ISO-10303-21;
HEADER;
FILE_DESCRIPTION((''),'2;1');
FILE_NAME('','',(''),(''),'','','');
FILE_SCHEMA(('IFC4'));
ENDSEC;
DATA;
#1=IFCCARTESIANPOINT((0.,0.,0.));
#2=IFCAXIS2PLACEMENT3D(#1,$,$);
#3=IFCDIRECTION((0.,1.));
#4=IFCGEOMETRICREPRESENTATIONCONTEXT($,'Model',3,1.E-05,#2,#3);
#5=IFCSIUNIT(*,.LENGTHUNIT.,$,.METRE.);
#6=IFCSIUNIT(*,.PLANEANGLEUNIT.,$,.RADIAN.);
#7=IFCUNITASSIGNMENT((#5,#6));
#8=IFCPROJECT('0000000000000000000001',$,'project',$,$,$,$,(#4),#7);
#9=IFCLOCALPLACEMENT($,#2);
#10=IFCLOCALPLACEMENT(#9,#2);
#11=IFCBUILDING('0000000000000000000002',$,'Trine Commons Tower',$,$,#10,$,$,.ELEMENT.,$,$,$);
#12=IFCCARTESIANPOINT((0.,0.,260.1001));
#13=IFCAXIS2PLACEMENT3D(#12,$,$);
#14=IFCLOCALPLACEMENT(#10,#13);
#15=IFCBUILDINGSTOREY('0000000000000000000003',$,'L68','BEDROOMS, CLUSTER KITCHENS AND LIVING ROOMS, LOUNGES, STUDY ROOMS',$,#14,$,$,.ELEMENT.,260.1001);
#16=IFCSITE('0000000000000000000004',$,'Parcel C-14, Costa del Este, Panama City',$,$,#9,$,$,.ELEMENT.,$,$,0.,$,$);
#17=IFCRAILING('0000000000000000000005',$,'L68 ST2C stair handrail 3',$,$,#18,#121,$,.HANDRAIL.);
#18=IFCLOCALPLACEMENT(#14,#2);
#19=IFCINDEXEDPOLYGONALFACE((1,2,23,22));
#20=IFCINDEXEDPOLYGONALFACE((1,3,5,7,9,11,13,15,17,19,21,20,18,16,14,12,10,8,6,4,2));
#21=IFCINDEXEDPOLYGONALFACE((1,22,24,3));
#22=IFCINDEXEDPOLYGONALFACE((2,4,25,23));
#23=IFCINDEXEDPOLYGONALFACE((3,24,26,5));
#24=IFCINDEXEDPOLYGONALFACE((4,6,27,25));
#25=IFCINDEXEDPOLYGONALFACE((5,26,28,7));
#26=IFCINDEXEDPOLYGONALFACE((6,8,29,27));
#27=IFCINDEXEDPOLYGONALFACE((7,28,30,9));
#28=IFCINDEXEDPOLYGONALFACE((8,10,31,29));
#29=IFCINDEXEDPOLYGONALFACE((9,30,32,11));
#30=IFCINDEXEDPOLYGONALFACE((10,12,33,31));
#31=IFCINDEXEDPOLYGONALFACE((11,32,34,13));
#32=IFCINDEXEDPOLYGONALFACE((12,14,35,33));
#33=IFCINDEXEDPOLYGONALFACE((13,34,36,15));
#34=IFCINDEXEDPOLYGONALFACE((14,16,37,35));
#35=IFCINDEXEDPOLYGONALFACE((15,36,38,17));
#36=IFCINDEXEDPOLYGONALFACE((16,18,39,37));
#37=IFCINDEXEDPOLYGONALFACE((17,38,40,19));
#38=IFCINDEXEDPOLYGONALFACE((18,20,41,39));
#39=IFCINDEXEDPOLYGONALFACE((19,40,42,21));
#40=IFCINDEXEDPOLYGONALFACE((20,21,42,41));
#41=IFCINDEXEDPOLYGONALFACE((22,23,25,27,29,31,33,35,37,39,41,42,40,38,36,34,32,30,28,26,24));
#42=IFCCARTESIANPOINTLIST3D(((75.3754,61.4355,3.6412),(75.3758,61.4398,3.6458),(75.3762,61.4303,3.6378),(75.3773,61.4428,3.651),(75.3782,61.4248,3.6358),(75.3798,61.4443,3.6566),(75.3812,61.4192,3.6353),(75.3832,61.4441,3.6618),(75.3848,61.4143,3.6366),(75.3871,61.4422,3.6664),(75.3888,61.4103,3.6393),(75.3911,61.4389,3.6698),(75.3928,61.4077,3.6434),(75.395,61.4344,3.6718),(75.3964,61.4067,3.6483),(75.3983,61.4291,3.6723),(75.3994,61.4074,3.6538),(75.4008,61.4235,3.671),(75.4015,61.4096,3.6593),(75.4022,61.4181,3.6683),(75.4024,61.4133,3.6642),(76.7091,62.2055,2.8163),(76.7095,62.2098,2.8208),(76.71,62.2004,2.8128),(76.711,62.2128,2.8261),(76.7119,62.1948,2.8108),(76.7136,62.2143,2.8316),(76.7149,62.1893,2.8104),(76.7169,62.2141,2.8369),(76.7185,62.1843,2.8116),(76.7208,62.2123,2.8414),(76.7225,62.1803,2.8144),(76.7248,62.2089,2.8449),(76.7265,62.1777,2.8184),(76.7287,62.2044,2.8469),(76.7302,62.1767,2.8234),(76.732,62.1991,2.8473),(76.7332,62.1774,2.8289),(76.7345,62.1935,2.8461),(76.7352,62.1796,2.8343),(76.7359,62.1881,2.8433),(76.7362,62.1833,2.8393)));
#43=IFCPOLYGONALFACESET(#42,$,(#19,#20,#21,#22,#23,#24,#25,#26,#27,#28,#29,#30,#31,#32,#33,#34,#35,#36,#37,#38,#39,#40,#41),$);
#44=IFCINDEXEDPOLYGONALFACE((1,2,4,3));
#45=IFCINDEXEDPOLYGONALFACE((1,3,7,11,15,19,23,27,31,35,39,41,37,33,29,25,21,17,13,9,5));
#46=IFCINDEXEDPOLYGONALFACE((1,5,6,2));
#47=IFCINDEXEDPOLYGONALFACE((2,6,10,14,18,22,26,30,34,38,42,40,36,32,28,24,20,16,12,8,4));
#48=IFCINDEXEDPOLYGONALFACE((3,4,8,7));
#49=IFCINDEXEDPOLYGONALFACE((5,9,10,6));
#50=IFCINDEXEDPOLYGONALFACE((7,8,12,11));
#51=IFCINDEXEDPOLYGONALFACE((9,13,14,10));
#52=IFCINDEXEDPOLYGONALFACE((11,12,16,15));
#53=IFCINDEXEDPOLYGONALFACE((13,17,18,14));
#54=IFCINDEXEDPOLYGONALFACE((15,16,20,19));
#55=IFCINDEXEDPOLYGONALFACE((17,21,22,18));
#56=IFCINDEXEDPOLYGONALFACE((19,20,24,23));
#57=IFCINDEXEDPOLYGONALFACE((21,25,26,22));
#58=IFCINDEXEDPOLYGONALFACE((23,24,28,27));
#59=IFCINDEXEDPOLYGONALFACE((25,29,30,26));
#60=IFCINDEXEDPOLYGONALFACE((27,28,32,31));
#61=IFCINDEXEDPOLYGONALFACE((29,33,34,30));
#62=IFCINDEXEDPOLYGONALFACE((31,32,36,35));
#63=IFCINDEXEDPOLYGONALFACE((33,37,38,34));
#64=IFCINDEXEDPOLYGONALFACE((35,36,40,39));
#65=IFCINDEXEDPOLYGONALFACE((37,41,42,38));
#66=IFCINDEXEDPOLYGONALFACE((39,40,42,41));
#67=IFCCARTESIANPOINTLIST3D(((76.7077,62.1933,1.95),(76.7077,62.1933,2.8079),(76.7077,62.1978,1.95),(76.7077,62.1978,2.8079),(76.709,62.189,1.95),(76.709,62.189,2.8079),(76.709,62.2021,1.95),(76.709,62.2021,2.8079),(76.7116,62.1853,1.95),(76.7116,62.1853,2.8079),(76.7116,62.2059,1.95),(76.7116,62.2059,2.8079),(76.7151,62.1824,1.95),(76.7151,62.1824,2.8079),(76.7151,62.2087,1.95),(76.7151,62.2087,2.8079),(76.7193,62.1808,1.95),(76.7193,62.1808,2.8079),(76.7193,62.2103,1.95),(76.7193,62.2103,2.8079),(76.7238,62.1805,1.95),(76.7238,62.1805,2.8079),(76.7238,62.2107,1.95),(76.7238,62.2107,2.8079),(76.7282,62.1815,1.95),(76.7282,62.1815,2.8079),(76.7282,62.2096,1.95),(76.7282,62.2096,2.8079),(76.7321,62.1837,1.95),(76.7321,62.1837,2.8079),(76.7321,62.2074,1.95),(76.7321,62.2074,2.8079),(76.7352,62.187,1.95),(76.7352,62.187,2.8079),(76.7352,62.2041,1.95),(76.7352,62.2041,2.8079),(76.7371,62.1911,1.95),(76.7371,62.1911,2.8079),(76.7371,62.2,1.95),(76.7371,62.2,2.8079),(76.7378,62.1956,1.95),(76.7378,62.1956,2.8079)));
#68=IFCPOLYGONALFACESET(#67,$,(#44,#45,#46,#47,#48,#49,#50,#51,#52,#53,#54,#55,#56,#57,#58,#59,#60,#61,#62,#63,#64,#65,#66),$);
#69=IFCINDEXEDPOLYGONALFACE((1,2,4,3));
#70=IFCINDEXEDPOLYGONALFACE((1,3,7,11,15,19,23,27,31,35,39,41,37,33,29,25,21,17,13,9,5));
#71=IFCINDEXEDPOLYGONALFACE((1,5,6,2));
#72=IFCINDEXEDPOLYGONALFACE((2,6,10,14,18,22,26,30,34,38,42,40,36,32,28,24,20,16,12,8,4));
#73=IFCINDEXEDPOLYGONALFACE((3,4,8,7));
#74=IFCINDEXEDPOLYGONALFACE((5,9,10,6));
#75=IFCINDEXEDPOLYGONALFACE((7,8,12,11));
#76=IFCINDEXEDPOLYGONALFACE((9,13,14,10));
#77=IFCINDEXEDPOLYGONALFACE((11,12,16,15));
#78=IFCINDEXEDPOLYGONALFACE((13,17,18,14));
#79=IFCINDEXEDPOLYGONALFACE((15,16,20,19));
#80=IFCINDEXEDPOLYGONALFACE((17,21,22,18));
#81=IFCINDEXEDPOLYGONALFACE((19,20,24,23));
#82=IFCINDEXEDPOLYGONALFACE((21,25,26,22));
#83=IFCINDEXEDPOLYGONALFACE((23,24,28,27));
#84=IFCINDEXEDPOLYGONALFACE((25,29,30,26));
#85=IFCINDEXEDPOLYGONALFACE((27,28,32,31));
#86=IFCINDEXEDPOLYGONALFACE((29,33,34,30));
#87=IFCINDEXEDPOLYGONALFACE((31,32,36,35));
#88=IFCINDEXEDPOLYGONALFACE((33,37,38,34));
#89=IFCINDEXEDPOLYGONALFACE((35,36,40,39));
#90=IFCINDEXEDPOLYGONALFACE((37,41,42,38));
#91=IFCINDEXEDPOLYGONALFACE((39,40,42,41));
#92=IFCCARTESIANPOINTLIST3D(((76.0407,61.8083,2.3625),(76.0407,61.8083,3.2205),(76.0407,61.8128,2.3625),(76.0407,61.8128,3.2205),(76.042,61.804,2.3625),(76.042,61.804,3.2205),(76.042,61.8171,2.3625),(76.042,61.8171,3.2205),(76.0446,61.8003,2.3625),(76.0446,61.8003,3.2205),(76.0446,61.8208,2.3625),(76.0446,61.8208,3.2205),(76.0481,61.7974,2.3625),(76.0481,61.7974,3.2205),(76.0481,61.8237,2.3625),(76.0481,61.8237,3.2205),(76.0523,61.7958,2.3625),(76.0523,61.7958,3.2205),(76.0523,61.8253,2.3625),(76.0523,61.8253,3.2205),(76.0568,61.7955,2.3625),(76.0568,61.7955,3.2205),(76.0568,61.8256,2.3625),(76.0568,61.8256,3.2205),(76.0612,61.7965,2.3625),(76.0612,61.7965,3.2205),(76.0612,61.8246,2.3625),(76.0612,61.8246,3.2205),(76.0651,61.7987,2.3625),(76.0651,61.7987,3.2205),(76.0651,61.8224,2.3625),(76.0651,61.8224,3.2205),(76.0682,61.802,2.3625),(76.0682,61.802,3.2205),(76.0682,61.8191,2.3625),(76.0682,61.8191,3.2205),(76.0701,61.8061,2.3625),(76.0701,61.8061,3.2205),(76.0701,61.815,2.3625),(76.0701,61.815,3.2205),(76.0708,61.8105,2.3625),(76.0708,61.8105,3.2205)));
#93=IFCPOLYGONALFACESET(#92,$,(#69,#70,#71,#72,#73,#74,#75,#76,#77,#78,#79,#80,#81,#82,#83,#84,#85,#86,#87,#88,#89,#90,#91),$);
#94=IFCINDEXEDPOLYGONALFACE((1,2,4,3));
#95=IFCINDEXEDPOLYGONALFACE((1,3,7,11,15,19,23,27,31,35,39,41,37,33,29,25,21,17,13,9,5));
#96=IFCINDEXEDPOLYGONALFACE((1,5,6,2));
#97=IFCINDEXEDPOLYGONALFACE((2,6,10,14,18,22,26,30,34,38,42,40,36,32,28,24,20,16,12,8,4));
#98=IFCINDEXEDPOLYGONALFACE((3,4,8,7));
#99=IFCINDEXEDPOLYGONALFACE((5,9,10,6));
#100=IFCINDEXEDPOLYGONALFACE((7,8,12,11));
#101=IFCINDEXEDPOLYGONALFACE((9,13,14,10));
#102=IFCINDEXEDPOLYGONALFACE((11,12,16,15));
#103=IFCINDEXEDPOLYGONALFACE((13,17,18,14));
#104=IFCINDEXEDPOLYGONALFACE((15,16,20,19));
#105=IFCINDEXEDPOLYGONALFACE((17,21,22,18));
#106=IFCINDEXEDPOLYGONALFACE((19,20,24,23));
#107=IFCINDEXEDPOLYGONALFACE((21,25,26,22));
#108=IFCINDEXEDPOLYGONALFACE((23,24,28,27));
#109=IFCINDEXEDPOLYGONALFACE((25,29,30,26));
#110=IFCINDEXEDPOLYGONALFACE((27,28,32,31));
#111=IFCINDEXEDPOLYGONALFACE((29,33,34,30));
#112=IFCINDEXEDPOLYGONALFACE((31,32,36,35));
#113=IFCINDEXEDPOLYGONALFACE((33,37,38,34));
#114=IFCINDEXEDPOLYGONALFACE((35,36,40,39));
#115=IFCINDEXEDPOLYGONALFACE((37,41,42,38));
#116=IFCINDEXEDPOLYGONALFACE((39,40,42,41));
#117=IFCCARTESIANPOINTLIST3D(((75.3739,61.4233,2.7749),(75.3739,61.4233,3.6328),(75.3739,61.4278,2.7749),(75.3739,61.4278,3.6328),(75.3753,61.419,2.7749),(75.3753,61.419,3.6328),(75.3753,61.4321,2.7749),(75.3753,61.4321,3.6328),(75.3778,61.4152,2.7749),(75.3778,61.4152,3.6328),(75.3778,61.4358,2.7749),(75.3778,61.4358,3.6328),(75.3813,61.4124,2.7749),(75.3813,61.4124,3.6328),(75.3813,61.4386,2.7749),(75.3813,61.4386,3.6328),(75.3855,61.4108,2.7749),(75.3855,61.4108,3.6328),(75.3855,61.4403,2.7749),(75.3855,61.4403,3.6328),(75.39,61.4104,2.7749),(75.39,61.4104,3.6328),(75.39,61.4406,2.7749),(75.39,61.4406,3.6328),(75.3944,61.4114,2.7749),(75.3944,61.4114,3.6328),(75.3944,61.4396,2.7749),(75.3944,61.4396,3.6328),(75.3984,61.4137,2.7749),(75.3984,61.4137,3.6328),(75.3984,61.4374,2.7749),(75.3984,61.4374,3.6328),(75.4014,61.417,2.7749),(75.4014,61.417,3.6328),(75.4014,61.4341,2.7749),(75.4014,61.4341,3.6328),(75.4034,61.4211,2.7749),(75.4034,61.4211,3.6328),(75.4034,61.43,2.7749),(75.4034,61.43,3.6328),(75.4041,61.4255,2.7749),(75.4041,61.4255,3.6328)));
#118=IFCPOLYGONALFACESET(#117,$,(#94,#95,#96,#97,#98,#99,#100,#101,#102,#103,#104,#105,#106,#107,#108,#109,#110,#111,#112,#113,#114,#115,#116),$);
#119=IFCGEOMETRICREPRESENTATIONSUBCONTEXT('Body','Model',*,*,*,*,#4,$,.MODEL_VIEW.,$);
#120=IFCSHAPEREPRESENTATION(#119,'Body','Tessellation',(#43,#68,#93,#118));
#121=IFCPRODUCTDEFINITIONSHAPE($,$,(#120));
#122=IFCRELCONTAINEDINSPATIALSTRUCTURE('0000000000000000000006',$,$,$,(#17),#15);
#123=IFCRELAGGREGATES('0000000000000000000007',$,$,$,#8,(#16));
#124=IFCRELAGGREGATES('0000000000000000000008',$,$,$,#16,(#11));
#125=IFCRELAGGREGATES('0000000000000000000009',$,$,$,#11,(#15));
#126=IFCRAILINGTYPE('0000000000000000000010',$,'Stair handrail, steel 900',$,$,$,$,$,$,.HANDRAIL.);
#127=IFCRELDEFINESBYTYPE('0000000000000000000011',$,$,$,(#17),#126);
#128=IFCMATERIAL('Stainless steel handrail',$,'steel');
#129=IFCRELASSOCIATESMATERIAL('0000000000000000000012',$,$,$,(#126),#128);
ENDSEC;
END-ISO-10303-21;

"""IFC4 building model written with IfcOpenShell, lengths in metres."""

from ifc_helpers import new_model, si_unit, direction, frame, origin, origin_2d, place, context, subcontext, project, spatial, circle, extrude, material, type_object, element, save


model = new_model("IFC4")

# Units and contexts
model_context = context("Model", 3, precision=1e-05, world=origin(), true_north=direction((0.0, 1.0)))
body_context = subcontext(model_context, "Body", "Model", "MODEL_VIEW")
ifc_project = project(units=[si_unit("LENGTHUNIT", "METRE"), si_unit("PLANEANGLEUNIT", "RADIAN")], contexts=[model_context])

# Site, building, storey
site_placement = place(None, origin())
site = spatial("IfcSite", under=ifc_project, at=site_placement, Name="Parcel C-14, Costa del Este, Panama City", CompositionType="ELEMENT", RefElevation=0.0)
building_placement = place(site_placement, origin())
building = spatial("IfcBuilding", under=site, at=building_placement, Name="Trine Commons Tower", CompositionType="ELEMENT")
storey_placement = place(building_placement, frame((0.0, 0.0, 260.1001)))
storey = spatial("IfcBuildingStorey", under=building, at=storey_placement, Name="L68", Description="BEDROOMS, CLUSTER KITCHENS AND LIVING ROOMS, LOUNGES, STUDY ROOMS", CompositionType="ELEMENT", Elevation=260.1001)

# Railing
ifc_material_1 = material(Name="Stainless steel handrail", Category="steel")
railing_type_1 = type_object("IfcRailingType", Name="Stair handrail, steel 900", PredefinedType="HANDRAIL", material=ifc_material_1)
for number, where, name in (
    (1, (76.7227, 62.1956, 1.95), "L68 ST2C stair handrail 3"),
):
    element("IfcRailing", number, at=place(storey_placement, frame(where)), inside=storey, type_object=railing_type_1, Name=name, PredefinedType="HANDRAIL", context=body_context, shape_type="SweptSolid", body=[
        extrude(circle(Radius=0.021, at=origin_2d()), frame((0.0, 0.0, 0.8789), z_axis=(-0.763405, -0.440743, 0.472185), x_axis=(0.499992, -0.86603, 0.0)), (0.0, 0.0, 1.0), 1.7471),
        extrude(circle(Radius=0.0151, at=origin_2d()), origin(), (0.0, 0.0, 1.0), 0.8579),
        extrude(circle(Radius=0.0151, at=origin_2d()), frame((-0.667, -0.385, 0.4126)), (0.0, 0.0, 1.0), 0.8579),
        extrude(circle(Radius=0.0151, at=origin_2d()), frame((-1.3337, -0.77, 0.825)), (0.0, 0.0, 1.0), 0.8579),
    ])

save(model, "model.ifc")
